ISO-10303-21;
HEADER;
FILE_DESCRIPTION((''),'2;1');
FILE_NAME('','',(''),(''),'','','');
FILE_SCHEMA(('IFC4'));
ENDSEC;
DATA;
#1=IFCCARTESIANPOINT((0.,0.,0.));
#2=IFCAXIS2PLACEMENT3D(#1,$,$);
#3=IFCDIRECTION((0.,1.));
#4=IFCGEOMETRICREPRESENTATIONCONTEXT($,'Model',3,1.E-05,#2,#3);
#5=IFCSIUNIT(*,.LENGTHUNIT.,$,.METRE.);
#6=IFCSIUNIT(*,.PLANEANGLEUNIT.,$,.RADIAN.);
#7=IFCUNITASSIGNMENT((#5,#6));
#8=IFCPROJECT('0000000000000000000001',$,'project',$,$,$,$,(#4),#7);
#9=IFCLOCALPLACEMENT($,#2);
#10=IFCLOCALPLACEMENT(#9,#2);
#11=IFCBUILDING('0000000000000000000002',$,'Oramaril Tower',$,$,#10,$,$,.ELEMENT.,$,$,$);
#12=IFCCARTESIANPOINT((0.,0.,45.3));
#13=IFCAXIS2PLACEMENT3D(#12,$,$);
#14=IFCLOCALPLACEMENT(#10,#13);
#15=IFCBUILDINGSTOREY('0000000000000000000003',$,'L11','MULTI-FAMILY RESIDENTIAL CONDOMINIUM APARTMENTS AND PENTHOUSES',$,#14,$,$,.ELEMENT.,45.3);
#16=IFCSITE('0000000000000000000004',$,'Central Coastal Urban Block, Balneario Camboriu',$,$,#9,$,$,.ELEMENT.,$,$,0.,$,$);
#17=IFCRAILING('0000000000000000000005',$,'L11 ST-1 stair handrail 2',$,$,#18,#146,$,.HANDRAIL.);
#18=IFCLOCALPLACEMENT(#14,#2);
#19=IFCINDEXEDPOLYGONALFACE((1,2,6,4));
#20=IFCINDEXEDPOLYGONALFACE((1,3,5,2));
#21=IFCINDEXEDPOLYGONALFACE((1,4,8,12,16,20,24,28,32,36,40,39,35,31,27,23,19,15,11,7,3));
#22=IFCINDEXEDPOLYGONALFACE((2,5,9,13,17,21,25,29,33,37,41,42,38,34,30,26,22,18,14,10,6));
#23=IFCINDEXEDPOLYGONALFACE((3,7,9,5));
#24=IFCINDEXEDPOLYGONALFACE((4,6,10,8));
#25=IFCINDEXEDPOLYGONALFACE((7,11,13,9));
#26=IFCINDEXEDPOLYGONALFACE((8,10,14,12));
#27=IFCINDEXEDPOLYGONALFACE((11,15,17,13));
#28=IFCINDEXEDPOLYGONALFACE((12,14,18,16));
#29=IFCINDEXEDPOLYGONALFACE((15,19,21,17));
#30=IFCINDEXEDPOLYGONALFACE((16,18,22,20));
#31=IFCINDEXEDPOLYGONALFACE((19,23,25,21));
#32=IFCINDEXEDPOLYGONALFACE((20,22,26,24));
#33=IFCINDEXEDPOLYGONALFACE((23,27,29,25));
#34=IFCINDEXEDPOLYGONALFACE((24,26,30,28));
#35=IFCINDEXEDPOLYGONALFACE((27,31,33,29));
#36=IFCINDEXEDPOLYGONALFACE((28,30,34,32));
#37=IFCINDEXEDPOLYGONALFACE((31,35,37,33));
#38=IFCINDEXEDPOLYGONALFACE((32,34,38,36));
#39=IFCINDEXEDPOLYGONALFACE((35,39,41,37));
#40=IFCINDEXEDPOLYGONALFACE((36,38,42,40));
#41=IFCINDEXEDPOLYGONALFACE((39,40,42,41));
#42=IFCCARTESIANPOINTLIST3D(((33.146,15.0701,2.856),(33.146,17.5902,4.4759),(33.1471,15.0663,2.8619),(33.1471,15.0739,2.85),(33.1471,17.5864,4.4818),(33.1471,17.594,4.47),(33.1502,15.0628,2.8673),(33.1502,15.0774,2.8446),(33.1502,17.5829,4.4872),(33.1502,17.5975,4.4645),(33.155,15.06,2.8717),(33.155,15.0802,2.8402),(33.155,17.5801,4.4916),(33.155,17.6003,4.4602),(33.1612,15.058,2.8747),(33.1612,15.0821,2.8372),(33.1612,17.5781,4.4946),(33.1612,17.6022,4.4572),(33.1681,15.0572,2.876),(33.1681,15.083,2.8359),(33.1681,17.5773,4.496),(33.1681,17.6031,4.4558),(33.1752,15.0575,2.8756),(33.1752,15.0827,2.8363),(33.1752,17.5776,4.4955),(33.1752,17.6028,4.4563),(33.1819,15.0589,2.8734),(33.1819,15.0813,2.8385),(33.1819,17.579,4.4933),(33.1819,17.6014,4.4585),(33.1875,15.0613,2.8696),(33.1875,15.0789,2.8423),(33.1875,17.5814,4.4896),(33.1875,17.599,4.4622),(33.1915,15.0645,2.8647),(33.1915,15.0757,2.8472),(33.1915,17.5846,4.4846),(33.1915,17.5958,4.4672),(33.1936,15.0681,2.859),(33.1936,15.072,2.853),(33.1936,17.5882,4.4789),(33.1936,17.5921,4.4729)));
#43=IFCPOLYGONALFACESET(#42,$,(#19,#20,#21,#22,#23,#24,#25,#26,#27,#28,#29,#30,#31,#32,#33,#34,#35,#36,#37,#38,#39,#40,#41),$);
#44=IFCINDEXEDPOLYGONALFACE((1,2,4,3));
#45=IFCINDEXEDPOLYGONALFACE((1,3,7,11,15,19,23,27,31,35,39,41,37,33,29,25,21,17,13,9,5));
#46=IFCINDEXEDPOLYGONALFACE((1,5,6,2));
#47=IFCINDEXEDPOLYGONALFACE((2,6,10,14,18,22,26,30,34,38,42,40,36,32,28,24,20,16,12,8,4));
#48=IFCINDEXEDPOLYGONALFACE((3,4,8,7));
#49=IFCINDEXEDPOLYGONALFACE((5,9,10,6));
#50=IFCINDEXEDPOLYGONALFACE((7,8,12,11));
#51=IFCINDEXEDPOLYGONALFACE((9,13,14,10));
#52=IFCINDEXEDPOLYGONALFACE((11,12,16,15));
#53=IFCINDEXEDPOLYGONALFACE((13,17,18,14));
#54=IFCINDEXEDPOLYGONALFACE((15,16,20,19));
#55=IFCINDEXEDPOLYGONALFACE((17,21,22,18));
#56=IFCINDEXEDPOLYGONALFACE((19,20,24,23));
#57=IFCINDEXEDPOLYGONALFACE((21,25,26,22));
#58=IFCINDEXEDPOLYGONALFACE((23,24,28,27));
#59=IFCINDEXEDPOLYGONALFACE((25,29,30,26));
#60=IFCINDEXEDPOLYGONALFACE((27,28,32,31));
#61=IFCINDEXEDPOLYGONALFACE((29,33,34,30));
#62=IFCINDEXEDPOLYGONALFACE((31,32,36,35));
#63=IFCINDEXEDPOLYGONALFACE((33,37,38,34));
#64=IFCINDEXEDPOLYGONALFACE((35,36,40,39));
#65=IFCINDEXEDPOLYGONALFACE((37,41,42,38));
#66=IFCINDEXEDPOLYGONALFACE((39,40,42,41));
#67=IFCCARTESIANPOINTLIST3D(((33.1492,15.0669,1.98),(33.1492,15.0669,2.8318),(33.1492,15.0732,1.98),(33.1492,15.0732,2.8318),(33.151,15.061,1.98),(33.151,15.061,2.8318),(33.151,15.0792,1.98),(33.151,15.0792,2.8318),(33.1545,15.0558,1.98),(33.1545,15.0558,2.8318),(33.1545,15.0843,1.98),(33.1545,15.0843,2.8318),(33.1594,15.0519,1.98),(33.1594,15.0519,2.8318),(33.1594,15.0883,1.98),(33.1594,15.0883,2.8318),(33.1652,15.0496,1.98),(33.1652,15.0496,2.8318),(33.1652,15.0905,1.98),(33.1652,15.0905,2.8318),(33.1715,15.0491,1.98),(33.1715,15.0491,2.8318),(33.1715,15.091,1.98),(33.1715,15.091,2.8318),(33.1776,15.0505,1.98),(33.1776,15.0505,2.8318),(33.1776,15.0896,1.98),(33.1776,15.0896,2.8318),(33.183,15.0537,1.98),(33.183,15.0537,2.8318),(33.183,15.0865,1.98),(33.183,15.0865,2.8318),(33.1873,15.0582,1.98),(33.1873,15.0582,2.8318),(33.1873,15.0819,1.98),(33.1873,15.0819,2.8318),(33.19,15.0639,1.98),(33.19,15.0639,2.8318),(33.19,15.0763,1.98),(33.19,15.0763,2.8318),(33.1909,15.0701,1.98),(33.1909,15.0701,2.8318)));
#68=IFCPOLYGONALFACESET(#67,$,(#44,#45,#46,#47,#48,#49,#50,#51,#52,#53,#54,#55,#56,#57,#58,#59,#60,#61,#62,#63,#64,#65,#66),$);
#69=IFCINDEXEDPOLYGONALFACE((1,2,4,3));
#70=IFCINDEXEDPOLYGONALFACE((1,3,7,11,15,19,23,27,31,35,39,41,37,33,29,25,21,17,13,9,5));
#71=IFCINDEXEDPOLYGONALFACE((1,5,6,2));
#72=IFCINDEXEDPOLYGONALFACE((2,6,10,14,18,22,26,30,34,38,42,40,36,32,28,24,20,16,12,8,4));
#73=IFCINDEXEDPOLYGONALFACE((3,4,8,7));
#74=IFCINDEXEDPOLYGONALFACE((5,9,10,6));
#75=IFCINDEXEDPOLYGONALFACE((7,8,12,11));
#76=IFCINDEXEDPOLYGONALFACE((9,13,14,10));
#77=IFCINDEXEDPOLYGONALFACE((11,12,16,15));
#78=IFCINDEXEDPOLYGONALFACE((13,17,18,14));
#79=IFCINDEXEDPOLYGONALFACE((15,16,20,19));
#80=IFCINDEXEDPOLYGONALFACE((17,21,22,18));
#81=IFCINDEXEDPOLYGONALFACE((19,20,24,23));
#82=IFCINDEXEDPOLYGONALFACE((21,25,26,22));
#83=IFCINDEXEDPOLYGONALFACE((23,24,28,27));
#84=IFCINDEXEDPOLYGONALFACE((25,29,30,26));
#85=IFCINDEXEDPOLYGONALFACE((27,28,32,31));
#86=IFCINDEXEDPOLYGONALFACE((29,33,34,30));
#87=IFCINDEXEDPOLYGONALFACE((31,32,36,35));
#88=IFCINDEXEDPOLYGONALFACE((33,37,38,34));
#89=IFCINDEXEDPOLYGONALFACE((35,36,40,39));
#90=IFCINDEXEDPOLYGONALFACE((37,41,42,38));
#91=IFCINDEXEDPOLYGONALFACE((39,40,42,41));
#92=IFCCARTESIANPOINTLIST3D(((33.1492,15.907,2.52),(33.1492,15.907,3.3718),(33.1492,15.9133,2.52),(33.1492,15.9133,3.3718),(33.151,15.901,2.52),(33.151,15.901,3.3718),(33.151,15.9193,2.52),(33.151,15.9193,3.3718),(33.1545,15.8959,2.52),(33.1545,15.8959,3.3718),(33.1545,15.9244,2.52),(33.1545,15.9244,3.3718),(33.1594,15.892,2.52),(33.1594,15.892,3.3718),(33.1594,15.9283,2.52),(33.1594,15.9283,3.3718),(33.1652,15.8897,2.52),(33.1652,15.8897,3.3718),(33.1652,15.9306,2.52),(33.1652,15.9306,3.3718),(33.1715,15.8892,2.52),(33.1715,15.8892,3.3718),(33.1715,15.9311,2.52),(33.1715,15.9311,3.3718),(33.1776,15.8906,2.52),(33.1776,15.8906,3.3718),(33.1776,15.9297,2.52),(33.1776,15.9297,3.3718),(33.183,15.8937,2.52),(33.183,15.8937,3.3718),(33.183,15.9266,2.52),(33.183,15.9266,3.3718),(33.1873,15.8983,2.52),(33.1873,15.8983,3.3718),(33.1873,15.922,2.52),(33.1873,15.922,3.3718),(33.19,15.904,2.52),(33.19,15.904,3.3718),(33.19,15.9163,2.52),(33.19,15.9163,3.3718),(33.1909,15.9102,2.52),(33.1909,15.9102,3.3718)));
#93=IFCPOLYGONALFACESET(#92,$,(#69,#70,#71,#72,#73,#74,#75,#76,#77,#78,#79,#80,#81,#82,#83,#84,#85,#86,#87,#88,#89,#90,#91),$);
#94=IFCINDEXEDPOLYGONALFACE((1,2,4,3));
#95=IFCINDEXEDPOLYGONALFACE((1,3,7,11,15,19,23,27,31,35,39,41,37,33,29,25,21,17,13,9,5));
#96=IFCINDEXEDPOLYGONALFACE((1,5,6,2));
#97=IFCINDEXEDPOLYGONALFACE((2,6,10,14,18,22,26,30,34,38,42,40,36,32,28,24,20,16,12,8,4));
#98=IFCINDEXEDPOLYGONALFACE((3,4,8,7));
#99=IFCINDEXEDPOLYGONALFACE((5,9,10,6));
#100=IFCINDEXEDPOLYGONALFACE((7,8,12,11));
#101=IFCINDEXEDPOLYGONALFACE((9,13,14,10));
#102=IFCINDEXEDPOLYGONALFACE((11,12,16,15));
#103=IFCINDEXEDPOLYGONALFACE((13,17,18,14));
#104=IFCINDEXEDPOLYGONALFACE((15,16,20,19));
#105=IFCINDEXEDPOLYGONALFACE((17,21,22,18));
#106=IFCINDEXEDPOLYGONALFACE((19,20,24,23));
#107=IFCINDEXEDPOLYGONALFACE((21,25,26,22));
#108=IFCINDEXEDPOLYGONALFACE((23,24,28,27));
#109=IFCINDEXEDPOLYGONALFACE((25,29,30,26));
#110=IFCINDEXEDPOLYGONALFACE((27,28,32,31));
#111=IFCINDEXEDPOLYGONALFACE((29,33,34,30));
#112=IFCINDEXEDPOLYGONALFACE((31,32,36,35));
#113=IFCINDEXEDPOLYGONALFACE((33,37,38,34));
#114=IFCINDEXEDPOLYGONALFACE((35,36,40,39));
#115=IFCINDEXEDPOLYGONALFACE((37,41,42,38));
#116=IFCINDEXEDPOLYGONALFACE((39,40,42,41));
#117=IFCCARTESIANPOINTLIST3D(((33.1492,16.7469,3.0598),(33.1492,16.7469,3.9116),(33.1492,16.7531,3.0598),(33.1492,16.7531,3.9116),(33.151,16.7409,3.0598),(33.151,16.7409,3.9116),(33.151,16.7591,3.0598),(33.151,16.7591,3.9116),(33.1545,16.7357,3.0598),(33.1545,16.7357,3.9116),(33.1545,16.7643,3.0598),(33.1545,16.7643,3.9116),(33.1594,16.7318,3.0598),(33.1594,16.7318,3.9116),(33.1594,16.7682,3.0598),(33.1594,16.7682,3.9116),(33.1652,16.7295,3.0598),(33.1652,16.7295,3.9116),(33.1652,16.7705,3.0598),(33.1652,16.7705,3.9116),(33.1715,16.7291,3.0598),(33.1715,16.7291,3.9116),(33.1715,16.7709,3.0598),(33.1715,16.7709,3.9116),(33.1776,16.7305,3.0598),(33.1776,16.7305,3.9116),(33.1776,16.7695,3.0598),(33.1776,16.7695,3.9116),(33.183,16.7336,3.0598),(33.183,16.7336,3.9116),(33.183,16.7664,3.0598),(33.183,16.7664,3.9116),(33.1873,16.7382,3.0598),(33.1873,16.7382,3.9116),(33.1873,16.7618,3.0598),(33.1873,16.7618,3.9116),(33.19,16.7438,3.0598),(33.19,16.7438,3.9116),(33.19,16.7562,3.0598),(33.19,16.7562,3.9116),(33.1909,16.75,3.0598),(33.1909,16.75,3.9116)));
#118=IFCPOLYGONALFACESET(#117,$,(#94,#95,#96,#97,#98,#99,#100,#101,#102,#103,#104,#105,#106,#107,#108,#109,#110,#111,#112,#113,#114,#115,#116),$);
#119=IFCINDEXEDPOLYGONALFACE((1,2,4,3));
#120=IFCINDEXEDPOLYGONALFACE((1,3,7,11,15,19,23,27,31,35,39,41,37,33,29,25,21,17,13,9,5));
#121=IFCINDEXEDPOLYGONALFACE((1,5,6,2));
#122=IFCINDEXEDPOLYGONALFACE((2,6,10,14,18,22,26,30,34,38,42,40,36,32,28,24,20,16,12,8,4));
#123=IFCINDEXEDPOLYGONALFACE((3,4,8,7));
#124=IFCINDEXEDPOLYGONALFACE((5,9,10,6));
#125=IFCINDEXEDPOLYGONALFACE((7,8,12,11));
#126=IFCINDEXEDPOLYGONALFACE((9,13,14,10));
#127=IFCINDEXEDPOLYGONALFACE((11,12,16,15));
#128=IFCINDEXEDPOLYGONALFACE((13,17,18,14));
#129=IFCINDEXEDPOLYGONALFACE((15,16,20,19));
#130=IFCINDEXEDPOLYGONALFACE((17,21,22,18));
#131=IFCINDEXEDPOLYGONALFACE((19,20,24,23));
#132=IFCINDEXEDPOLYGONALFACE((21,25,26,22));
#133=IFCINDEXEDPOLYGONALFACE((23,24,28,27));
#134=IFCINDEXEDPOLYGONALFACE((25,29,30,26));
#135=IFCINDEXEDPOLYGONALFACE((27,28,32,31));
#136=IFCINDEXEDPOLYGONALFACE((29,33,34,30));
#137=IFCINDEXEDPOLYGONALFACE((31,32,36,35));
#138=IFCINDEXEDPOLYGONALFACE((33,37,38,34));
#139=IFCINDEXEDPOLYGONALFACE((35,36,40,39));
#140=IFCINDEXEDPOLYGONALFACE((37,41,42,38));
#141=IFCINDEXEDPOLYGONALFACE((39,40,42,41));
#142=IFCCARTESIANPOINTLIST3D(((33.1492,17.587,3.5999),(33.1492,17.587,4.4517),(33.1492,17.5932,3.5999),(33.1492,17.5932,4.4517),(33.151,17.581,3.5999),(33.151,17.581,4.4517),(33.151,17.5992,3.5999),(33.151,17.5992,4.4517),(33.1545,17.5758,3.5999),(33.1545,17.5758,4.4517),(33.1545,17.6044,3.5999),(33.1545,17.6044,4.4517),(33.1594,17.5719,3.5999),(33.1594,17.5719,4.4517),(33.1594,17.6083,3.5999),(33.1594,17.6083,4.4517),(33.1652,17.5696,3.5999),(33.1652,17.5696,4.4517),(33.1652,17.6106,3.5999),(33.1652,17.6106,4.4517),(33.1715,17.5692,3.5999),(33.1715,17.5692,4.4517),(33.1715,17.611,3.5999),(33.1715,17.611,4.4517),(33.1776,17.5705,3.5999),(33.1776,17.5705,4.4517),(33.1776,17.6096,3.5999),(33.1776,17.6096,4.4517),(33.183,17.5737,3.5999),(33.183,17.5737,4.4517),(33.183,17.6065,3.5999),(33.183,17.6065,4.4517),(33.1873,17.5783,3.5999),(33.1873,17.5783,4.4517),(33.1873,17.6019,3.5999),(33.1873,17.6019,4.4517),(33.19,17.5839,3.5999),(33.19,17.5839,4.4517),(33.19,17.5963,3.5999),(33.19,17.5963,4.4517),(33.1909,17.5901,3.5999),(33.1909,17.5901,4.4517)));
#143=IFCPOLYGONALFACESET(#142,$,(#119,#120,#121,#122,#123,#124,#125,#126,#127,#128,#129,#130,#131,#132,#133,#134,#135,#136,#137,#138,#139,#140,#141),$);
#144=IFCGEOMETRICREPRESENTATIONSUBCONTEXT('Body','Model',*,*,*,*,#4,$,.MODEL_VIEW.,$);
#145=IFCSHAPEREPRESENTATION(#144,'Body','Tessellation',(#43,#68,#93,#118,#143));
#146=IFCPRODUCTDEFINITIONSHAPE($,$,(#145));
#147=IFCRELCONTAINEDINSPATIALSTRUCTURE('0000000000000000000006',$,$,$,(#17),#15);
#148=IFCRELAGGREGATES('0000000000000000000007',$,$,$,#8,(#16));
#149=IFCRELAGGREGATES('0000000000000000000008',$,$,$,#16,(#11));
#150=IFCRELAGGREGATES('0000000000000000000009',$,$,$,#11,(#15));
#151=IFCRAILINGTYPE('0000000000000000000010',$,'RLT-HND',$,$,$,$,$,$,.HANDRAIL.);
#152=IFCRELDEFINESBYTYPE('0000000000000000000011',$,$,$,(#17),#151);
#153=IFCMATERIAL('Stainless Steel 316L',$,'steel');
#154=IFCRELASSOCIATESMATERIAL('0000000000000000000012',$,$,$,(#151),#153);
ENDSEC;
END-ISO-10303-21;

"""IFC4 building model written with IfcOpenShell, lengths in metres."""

from ifc_helpers import new_model, si_unit, direction, frame, origin, origin_2d, place, context, subcontext, project, spatial, circle, extrude, material, type_object, element, save


model = new_model("IFC4")

# Units and contexts
model_context = context("Model", 3, precision=1e-05, world=origin(), true_north=direction((0.0, 1.0)))
body_context = subcontext(model_context, "Body", "Model", "MODEL_VIEW")
ifc_project = project(units=[si_unit("LENGTHUNIT", "METRE"), si_unit("PLANEANGLEUNIT", "RADIAN")], contexts=[model_context])

# Site, building, storey
site_placement = place(None, origin())
site = spatial("IfcSite", under=ifc_project, at=site_placement, Name="Central Coastal Urban Block, Balneario Camboriu", CompositionType="ELEMENT", RefElevation=0.0)
building_placement = place(site_placement, origin())
building = spatial("IfcBuilding", under=site, at=building_placement, Name="Oramaril Tower", CompositionType="ELEMENT")
storey_placement = place(building_placement, frame((0.0, 0.0, 45.3)))
storey = spatial("IfcBuildingStorey", under=building, at=storey_placement, Name="L11", Description="MULTI-FAMILY RESIDENTIAL CONDOMINIUM APARTMENTS AND PENTHOUSES", CompositionType="ELEMENT", Elevation=45.3)

# Railing
ifc_material_1 = material(Name="Stainless Steel 316L", Category="steel")
railing_type_1 = type_object("IfcRailingType", Name="RLT-HND", PredefinedType="HANDRAIL", material=ifc_material_1)
for number, where, name in (
    (1, (33.1699, 15.0701, 1.98), "L11 ST-1 stair handrail 2"),
):
    element("IfcRailing", number, at=place(storey_placement, frame(where)), inside=storey, type_object=railing_type_1, Name=name, PredefinedType="HANDRAIL", context=body_context, shape_type="SweptSolid", body=[
        extrude(circle(Radius=0.0239, at=origin_2d()), frame((0.0, 0.0, 0.876), z_axis=(0.0, 0.8412, 0.540725), x_axis=(-1.0, 0.0, 0.0)), (0.0, 0.0, 1.0), 2.9958),
        extrude(circle(Radius=0.021, at=origin_2d()), origin(), (0.0, 0.0, 1.0), 0.8518),
        extrude(circle(Radius=0.021, at=origin_2d()), frame((0.0, 0.8401, 0.54)), (0.0, 0.0, 1.0), 0.8518),
        extrude(circle(Radius=0.021, at=origin_2d()), frame((0.0, 1.6799, 1.0798)), (0.0, 0.0, 1.0), 0.8518),
        extrude(circle(Radius=0.021, at=origin_2d()), frame((0.0, 2.52, 1.6199)), (0.0, 0.0, 1.0), 0.8518),
    ])

save(model, "model.ifc")
